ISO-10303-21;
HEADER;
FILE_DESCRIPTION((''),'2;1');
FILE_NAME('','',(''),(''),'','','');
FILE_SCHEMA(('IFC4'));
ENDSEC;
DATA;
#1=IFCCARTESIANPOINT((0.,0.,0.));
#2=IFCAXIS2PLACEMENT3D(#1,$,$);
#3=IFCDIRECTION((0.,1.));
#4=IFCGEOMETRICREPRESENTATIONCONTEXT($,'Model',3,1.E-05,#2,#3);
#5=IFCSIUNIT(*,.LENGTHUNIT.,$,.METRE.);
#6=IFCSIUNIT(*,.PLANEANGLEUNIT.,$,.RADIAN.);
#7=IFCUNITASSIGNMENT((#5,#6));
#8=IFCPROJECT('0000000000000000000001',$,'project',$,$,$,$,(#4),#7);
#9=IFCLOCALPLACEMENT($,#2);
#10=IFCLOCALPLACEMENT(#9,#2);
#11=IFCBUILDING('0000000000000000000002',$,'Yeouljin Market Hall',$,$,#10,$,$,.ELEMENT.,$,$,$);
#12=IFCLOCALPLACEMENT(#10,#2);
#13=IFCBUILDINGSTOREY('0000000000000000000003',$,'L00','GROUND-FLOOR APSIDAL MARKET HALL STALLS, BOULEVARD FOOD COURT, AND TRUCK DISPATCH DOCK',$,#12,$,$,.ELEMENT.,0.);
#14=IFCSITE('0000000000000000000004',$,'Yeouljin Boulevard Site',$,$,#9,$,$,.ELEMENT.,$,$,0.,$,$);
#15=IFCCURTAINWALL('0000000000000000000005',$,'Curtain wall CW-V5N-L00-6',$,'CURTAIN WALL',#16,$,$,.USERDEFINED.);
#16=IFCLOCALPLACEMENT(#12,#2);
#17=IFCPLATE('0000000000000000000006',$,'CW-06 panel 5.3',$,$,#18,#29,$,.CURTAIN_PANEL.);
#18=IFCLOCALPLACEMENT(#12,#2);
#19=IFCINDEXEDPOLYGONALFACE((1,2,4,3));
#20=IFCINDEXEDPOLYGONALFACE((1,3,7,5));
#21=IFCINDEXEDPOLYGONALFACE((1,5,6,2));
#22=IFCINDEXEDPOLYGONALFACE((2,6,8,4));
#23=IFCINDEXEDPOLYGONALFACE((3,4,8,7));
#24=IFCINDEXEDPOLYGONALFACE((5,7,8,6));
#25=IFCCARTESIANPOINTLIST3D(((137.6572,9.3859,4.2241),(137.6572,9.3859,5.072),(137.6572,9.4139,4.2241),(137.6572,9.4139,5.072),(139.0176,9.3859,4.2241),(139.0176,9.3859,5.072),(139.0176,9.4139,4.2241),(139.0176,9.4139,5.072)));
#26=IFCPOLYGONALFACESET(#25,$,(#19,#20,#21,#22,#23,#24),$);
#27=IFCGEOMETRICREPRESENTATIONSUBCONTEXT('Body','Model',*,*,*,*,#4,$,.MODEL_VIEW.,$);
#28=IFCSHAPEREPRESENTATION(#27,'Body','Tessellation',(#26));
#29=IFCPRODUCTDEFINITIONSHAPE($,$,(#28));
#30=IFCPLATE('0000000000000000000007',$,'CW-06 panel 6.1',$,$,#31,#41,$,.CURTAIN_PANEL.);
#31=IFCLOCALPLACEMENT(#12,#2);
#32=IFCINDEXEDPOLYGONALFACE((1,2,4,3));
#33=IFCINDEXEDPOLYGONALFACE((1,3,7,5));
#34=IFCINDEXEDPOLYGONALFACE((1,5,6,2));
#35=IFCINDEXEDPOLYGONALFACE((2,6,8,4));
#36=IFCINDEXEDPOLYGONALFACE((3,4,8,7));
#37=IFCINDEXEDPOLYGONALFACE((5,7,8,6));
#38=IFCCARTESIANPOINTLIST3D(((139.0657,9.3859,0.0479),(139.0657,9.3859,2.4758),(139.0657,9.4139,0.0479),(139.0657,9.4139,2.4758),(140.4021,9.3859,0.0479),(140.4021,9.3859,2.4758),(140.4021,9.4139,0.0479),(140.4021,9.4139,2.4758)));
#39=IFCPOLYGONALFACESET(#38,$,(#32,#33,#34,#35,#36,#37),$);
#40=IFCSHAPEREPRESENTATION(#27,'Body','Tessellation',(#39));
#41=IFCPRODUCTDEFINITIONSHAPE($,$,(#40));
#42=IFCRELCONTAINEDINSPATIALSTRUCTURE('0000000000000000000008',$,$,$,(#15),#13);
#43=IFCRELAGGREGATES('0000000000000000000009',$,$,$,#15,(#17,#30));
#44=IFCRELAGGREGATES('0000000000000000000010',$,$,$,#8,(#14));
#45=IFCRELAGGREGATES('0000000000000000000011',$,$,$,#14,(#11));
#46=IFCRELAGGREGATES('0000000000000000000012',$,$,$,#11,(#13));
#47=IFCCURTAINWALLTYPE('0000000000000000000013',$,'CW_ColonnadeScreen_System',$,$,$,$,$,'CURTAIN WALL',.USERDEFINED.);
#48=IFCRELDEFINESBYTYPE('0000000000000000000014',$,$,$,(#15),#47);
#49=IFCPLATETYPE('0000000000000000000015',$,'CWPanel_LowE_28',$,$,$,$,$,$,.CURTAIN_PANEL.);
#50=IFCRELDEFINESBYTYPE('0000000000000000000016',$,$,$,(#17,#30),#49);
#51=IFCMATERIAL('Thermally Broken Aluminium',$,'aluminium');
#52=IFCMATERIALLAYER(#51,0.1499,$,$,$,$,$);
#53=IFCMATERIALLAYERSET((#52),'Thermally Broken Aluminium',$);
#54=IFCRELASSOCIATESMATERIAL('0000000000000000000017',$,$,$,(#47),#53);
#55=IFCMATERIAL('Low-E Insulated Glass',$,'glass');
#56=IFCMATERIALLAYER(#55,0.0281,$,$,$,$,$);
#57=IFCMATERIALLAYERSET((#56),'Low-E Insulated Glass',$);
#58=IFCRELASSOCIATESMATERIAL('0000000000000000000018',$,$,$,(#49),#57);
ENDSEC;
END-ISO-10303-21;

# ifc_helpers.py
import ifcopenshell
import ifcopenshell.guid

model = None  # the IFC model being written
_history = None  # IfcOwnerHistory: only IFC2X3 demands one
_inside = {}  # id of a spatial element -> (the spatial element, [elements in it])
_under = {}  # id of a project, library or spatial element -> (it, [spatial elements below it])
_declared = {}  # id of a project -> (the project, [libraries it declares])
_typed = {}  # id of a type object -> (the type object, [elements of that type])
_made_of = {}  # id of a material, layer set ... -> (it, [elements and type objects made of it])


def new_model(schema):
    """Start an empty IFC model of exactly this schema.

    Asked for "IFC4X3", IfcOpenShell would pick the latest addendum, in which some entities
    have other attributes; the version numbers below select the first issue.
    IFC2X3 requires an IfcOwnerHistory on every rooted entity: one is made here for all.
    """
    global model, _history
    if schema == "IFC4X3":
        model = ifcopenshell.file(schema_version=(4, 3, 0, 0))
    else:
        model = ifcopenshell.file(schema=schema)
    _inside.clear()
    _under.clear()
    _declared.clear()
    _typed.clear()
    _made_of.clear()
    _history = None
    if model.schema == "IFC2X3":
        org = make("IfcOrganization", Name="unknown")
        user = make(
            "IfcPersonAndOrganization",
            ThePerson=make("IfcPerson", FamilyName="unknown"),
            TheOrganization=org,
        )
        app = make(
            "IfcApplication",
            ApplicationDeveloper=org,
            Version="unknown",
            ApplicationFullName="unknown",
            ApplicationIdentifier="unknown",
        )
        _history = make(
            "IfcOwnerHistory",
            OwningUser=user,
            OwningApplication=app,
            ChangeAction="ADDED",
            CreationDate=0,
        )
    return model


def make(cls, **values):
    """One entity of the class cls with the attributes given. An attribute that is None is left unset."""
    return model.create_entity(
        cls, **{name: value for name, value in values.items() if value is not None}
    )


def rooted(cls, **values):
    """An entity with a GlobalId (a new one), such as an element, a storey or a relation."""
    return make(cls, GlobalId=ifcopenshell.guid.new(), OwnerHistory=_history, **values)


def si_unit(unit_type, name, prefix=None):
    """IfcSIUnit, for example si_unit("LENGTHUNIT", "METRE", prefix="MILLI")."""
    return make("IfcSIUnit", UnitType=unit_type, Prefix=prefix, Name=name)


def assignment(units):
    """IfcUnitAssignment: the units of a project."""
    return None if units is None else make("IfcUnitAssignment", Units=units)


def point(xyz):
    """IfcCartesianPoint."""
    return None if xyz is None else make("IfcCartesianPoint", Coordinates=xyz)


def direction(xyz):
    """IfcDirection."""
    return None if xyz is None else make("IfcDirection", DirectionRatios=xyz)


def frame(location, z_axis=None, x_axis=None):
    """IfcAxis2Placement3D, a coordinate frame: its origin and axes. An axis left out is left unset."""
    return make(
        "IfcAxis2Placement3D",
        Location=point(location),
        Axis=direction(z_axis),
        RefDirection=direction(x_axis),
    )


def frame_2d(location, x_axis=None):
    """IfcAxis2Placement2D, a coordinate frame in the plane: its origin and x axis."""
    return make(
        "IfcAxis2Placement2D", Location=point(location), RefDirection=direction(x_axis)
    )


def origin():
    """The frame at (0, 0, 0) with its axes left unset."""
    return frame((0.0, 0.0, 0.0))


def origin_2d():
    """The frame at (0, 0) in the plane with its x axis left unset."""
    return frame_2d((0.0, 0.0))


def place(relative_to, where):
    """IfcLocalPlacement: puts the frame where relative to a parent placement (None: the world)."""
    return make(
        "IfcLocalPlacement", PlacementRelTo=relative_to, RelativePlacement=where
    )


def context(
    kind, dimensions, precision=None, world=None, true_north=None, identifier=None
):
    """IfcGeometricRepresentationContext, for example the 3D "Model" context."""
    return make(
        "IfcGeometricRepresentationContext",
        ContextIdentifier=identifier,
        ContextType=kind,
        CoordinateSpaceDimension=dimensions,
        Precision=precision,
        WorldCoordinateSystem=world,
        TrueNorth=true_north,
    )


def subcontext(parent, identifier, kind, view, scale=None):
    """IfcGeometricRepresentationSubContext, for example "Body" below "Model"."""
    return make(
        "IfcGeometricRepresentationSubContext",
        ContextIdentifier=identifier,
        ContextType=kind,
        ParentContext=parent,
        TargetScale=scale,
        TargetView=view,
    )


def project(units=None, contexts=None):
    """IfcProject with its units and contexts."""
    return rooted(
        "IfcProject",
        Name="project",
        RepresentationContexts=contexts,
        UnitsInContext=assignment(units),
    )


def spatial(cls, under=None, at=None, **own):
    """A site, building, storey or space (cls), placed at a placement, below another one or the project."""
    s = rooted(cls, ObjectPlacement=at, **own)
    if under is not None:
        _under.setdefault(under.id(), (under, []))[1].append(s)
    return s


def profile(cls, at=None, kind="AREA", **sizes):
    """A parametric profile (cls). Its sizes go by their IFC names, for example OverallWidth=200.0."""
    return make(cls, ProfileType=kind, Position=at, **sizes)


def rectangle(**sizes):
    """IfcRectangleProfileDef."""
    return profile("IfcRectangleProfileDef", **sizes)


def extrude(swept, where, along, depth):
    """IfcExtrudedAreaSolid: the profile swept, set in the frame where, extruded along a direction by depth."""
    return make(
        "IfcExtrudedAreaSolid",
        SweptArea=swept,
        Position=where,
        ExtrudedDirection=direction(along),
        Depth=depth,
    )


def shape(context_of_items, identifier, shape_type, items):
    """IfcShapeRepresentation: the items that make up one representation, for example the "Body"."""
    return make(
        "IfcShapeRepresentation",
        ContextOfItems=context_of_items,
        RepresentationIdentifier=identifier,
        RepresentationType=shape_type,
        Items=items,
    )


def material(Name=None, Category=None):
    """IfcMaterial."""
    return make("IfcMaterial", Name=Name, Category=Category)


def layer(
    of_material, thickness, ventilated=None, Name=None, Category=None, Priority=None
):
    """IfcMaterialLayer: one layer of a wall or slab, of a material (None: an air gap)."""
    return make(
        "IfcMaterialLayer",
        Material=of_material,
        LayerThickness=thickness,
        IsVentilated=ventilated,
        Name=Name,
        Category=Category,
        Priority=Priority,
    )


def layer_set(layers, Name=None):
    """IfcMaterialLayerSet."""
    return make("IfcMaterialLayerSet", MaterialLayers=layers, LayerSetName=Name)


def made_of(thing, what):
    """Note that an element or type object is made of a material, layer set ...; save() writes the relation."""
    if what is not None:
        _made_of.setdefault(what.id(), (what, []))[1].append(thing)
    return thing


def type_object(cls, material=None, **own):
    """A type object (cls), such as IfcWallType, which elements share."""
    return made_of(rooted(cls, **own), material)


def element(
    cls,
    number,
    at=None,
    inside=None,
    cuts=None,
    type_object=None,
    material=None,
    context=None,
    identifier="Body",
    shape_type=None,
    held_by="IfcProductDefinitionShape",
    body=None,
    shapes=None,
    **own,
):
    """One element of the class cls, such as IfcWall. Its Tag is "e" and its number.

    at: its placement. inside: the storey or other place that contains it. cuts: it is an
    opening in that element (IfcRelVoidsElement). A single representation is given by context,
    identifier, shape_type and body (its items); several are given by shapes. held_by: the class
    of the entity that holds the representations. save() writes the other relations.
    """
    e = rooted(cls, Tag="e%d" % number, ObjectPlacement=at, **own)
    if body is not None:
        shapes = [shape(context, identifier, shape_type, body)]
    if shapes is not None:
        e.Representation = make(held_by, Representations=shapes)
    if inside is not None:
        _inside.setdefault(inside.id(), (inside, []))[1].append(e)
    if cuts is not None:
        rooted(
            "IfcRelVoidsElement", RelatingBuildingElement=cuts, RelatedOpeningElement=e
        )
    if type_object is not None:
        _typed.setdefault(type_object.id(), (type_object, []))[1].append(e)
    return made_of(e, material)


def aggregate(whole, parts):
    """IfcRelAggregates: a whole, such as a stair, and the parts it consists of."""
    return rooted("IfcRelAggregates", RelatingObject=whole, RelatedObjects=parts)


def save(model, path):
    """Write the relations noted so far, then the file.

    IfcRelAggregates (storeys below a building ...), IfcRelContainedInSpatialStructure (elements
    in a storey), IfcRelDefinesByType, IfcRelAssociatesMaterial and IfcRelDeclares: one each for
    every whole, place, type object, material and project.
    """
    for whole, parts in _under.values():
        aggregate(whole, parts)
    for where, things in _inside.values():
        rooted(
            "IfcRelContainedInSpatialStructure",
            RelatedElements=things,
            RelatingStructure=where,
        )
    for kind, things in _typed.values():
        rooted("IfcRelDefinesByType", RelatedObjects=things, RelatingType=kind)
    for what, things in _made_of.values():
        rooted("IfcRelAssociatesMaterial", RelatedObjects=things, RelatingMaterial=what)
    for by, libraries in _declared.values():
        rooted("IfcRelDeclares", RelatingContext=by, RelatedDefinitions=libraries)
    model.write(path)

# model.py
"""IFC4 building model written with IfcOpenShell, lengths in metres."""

from ifc_helpers import new_model, si_unit, direction, frame, origin, origin_2d, place, context, subcontext, project, spatial, rectangle, extrude, material, layer, layer_set, type_object, element, aggregate, save


model = new_model("IFC4")

# Units and contexts
model_context = context("Model", 3, precision=1e-05, world=origin(), true_north=direction((0.0, 1.0)))
body_context = subcontext(model_context, "Body", "Model", "MODEL_VIEW")
ifc_project = project(units=[si_unit("LENGTHUNIT", "METRE"), si_unit("PLANEANGLEUNIT", "RADIAN")], contexts=[model_context])

# Site, building, storey
site_placement = place(None, origin())
site = spatial("IfcSite", under=ifc_project, at=site_placement, Name="Yeouljin Boulevard Site", CompositionType="ELEMENT", RefElevation=0.0)
building_placement = place(site_placement, origin())
building = spatial("IfcBuilding", under=site, at=building_placement, Name="Yeouljin Market Hall", CompositionType="ELEMENT")
storey_placement = place(building_placement, origin())
storey = spatial("IfcBuildingStorey", under=building, at=storey_placement, Name="L00", Description="GROUND-FLOOR APSIDAL MARKET HALL STALLS, BOULEVARD FOOD COURT, AND TRUCK DISPATCH DOCK", CompositionType="ELEMENT", Elevation=0.0)

# Curtain wall, plates
ifc_material_1 = material(Name="Thermally Broken Aluminium", Category="aluminium")
ifc_layer_1 = layer(ifc_material_1, 0.1499)
ifc_layer_set_1 = layer_set([ifc_layer_1], Name="Thermally Broken Aluminium")
curtain_wall_type = type_object("IfcCurtainWallType", Name="CW_ColonnadeScreen_System", ElementType="CURTAIN WALL", PredefinedType="USERDEFINED", material=ifc_layer_set_1)
curtain_wall_placement = place(storey_placement, origin())
curtain_wall = element("IfcCurtainWall", 1, at=curtain_wall_placement, inside=storey, type_object=curtain_wall_type, Name="Curtain wall CW-V5N-L00-6", ObjectType="CURTAIN WALL", PredefinedType="USERDEFINED")
ifc_material_2 = material(Name="Low-E Insulated Glass", Category="glass")
ifc_layer_2 = layer(ifc_material_2, 0.0281)
ifc_layer_set_2 = layer_set([ifc_layer_2], Name="Low-E Insulated Glass")
plate_type = type_object("IfcPlateType", Name="CWPanel_LowE_28", PredefinedType="CURTAIN_PANEL", material=ifc_layer_set_2)
plate_1_placement = place(storey_placement, frame((138.3374, 9.3999, 4.2241), z_axis=(0.0, 0.0, 1.0), x_axis=(1.0, 0.0, 0.0)))
plate_1 = element("IfcPlate", 2, at=plate_1_placement, type_object=plate_type, Name="CW-06 panel 5.3", PredefinedType="CURTAIN_PANEL", context=body_context, shape_type="SweptSolid", body=[
    extrude(rectangle(XDim=1.3604, YDim=0.0281, at=origin_2d()), origin(), (0.0, 0.0, 1.0), 0.8479),
])
plate_2_placement = place(storey_placement, frame((139.7339, 9.3999, 0.0479), z_axis=(0.0, 0.0, 1.0), x_axis=(1.0, 0.0, 0.0)))
plate_2 = element("IfcPlate", 3, at=plate_2_placement, type_object=plate_type, Name="CW-06 panel 6.1", PredefinedType="CURTAIN_PANEL", context=body_context, shape_type="SweptSolid", body=[
    extrude(rectangle(XDim=1.3364, YDim=0.0281, at=origin_2d()), origin(), (0.0, 0.0, 1.0), 2.428),
])
aggregate(curtain_wall, [plate_1, plate_2])

save(model, "model.ifc")
